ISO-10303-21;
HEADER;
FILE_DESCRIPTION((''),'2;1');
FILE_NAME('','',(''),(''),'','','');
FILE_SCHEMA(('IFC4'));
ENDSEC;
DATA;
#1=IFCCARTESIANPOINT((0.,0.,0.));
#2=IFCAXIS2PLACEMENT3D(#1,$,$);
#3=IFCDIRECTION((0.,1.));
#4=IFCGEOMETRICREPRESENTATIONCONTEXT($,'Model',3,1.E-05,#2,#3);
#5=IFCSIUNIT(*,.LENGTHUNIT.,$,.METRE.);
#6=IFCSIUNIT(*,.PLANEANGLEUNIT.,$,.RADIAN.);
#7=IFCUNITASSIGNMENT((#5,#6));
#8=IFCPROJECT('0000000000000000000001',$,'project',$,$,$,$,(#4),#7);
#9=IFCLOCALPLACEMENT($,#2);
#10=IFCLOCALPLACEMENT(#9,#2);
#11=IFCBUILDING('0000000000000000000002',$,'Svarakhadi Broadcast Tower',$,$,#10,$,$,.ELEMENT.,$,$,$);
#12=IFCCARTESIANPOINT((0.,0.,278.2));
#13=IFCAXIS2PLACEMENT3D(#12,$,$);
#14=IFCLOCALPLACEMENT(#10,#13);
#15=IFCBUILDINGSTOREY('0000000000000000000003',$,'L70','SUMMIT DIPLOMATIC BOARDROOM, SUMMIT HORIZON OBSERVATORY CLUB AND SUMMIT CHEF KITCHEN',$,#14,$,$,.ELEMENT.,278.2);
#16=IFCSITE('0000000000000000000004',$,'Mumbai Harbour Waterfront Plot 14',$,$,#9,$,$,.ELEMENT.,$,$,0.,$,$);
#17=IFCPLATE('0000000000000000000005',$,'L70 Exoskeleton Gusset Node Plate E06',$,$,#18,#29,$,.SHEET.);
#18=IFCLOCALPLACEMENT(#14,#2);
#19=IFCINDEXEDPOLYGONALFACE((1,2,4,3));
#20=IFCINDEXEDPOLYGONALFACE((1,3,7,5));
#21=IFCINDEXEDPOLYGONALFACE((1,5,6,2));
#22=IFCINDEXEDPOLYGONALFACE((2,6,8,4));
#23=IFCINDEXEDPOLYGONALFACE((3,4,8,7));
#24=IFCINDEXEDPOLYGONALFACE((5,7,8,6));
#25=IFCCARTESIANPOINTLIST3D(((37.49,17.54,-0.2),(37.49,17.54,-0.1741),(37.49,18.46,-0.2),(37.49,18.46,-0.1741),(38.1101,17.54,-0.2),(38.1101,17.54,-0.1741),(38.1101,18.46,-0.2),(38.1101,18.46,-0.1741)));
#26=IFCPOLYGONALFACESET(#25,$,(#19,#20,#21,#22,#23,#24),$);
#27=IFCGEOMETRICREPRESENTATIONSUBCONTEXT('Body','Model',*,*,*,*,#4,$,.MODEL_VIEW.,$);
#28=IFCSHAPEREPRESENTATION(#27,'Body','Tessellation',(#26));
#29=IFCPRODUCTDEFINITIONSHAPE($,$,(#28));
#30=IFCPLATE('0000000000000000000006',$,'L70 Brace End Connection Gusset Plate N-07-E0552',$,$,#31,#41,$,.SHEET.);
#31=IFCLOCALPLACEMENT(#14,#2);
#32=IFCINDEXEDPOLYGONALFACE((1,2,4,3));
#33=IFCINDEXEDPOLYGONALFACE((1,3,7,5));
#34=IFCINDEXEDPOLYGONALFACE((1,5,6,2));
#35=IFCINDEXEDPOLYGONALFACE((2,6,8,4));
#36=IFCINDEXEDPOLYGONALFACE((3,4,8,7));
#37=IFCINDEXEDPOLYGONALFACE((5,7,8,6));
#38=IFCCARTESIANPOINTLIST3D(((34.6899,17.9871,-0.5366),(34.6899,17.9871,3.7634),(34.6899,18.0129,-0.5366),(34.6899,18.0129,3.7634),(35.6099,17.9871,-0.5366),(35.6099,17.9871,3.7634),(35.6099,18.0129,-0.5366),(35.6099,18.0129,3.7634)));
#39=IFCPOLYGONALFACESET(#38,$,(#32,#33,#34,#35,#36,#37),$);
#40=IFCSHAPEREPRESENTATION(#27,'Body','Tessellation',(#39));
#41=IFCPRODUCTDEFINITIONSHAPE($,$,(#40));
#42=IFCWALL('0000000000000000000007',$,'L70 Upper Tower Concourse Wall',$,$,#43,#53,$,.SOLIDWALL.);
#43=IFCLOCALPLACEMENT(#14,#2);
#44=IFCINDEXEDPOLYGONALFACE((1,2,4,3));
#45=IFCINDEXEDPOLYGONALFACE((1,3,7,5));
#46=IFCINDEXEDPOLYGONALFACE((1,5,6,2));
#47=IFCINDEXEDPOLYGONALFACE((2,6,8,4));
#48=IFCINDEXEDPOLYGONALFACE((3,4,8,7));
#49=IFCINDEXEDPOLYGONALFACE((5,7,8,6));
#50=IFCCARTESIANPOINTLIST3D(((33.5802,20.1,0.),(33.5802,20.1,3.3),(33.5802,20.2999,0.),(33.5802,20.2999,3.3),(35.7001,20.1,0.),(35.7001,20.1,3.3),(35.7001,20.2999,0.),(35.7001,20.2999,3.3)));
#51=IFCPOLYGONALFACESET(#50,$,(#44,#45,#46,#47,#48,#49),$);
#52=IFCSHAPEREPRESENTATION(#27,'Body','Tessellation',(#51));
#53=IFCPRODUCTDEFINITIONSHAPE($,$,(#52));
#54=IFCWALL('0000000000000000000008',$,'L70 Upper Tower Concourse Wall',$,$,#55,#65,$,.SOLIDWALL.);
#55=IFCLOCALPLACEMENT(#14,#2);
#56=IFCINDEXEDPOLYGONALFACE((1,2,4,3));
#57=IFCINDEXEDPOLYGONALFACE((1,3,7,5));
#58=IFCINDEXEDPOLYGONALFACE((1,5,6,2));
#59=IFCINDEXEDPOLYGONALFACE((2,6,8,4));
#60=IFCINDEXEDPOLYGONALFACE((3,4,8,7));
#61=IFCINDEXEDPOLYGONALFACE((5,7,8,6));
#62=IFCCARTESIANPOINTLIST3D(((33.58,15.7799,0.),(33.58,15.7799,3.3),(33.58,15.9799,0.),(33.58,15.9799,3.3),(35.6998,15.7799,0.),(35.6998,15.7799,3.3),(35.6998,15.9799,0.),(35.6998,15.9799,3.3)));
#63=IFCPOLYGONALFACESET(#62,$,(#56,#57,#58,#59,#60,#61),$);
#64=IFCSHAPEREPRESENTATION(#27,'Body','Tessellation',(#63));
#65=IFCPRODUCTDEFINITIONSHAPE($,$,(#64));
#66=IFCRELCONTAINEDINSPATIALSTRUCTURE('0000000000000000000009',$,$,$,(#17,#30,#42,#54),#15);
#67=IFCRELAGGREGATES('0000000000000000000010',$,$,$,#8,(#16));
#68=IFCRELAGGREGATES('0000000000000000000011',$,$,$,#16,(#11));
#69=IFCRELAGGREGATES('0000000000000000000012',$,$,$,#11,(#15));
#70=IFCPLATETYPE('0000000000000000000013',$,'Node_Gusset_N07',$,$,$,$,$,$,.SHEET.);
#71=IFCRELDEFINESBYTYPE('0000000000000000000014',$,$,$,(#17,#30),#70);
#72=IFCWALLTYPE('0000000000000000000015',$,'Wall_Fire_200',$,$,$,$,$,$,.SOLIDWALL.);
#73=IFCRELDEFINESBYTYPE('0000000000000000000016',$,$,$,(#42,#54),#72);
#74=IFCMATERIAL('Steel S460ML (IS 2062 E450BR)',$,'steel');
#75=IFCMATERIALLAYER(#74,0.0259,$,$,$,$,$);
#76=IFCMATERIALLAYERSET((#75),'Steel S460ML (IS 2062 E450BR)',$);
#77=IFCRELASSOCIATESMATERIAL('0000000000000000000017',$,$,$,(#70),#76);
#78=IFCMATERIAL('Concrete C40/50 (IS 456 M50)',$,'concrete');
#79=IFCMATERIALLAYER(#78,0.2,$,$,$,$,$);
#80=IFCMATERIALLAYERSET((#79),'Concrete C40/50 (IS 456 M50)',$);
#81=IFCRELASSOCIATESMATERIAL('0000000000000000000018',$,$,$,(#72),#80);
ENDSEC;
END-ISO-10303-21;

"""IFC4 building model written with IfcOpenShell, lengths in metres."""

from ifc_helpers import new_model, si_unit, direction, frame, frame_2d, origin, origin_2d, place, context, subcontext, project, spatial, rectangle, extrude, material, layer, layer_set, type_object, element, save


model = new_model("IFC4")

# Units and contexts
model_context = context("Model", 3, precision=1e-05, world=origin(), true_north=direction((0.0, 1.0)))
body_context = subcontext(model_context, "Body", "Model", "MODEL_VIEW")
ifc_project = project(units=[si_unit("LENGTHUNIT", "METRE"), si_unit("PLANEANGLEUNIT", "RADIAN")], contexts=[model_context])

# Site, building, storey
site_placement = place(None, origin())
site = spatial("IfcSite", under=ifc_project, at=site_placement, Name="Mumbai Harbour Waterfront Plot 14", CompositionType="ELEMENT", RefElevation=0.0)
building_placement = place(site_placement, origin())
building = spatial("IfcBuilding", under=site, at=building_placement, Name="Svarakhadi Broadcast Tower", CompositionType="ELEMENT")
storey_placement = place(building_placement, frame((0.0, 0.0, 278.2)))
storey = spatial("IfcBuildingStorey", under=building, at=storey_placement, Name="L70", Description="SUMMIT DIPLOMATIC BOARDROOM, SUMMIT HORIZON OBSERVATORY CLUB AND SUMMIT CHEF KITCHEN", CompositionType="ELEMENT", Elevation=278.2)

# Shared definitions
ifc_material_1 = material(Name="Steel S460ML (IS 2062 E450BR)", Category="steel")

# Plates
ifc_layer_1 = layer(ifc_material_1, 0.0259)
ifc_layer_set_1 = layer_set([ifc_layer_1], Name="Steel S460ML (IS 2062 E450BR)")
plate_type_1 = type_object("IfcPlateType", Name="Node_Gusset_N07", PredefinedType="SHEET", material=ifc_layer_set_1)
plate_1_placement = place(storey_placement, frame((37.8, 18.0, -0.2), z_axis=(0.0, 0.0, 1.0), x_axis=(0.0, 1.0, 0.0)))
element("IfcPlate", 1, at=plate_1_placement, inside=storey, type_object=plate_type_1, Name="L70 Exoskeleton Gusset Node Plate E06", PredefinedType="SHEET", context=body_context, shape_type="SweptSolid", body=[
    extrude(rectangle(XDim=0.9199, YDim=0.6201, at=origin_2d()), origin(), (0.0, 0.0, 1.0), 0.0259),
])
plate_2_placement = place(storey_placement, frame((35.1499, 18.0, -0.5366), z_axis=(0.0, 0.0, 1.0), x_axis=(1.0, 0.0, 0.0)))
element("IfcPlate", 2, at=plate_2_placement, inside=storey, type_object=plate_type_1, Name="L70 Brace End Connection Gusset Plate N-07-E0552", PredefinedType="SHEET", context=body_context, shape_type="SweptSolid", body=[
    extrude(rectangle(XDim=0.9199, YDim=0.0259, at=origin_2d()), origin(), (0.0, 0.0, 1.0), 4.3),
])

# Walls
ifc_material_2 = material(Name="Concrete C40/50 (IS 456 M50)", Category="concrete")
ifc_layer_2 = layer(ifc_material_2, 0.2)
ifc_layer_set_2 = layer_set([ifc_layer_2], Name="Concrete C40/50 (IS 456 M50)")
wall_type = type_object("IfcWallType", Name="Wall_Fire_200", PredefinedType="SOLIDWALL", material=ifc_layer_set_2)
for number, where, z_axis, x_axis, name in (
    (3, (33.5801, 20.2, 0.0), (0.0, 0.0, 1.0), (1.0, 0.0, 0.0), "L70 Upper Tower Concourse Wall"),
    (4, (35.7, 15.8799, 0.0), (0.0, 0.0, 1.0), (-1.0, 0.0, 0.0), "L70 Upper Tower Concourse Wall"),
):
    element("IfcWall", number, at=place(storey_placement, frame(where, z_axis=z_axis, x_axis=x_axis)), inside=storey, type_object=wall_type, Name=name, PredefinedType="SOLIDWALL", context=body_context, shape_type="SweptSolid", body=[
        extrude(rectangle(XDim=2.1199, YDim=0.2, at=frame_2d((1.0601, 0.0))), origin(), (0.0, 0.0, 1.0), 3.3),
    ])

save(model, "model.ifc")
